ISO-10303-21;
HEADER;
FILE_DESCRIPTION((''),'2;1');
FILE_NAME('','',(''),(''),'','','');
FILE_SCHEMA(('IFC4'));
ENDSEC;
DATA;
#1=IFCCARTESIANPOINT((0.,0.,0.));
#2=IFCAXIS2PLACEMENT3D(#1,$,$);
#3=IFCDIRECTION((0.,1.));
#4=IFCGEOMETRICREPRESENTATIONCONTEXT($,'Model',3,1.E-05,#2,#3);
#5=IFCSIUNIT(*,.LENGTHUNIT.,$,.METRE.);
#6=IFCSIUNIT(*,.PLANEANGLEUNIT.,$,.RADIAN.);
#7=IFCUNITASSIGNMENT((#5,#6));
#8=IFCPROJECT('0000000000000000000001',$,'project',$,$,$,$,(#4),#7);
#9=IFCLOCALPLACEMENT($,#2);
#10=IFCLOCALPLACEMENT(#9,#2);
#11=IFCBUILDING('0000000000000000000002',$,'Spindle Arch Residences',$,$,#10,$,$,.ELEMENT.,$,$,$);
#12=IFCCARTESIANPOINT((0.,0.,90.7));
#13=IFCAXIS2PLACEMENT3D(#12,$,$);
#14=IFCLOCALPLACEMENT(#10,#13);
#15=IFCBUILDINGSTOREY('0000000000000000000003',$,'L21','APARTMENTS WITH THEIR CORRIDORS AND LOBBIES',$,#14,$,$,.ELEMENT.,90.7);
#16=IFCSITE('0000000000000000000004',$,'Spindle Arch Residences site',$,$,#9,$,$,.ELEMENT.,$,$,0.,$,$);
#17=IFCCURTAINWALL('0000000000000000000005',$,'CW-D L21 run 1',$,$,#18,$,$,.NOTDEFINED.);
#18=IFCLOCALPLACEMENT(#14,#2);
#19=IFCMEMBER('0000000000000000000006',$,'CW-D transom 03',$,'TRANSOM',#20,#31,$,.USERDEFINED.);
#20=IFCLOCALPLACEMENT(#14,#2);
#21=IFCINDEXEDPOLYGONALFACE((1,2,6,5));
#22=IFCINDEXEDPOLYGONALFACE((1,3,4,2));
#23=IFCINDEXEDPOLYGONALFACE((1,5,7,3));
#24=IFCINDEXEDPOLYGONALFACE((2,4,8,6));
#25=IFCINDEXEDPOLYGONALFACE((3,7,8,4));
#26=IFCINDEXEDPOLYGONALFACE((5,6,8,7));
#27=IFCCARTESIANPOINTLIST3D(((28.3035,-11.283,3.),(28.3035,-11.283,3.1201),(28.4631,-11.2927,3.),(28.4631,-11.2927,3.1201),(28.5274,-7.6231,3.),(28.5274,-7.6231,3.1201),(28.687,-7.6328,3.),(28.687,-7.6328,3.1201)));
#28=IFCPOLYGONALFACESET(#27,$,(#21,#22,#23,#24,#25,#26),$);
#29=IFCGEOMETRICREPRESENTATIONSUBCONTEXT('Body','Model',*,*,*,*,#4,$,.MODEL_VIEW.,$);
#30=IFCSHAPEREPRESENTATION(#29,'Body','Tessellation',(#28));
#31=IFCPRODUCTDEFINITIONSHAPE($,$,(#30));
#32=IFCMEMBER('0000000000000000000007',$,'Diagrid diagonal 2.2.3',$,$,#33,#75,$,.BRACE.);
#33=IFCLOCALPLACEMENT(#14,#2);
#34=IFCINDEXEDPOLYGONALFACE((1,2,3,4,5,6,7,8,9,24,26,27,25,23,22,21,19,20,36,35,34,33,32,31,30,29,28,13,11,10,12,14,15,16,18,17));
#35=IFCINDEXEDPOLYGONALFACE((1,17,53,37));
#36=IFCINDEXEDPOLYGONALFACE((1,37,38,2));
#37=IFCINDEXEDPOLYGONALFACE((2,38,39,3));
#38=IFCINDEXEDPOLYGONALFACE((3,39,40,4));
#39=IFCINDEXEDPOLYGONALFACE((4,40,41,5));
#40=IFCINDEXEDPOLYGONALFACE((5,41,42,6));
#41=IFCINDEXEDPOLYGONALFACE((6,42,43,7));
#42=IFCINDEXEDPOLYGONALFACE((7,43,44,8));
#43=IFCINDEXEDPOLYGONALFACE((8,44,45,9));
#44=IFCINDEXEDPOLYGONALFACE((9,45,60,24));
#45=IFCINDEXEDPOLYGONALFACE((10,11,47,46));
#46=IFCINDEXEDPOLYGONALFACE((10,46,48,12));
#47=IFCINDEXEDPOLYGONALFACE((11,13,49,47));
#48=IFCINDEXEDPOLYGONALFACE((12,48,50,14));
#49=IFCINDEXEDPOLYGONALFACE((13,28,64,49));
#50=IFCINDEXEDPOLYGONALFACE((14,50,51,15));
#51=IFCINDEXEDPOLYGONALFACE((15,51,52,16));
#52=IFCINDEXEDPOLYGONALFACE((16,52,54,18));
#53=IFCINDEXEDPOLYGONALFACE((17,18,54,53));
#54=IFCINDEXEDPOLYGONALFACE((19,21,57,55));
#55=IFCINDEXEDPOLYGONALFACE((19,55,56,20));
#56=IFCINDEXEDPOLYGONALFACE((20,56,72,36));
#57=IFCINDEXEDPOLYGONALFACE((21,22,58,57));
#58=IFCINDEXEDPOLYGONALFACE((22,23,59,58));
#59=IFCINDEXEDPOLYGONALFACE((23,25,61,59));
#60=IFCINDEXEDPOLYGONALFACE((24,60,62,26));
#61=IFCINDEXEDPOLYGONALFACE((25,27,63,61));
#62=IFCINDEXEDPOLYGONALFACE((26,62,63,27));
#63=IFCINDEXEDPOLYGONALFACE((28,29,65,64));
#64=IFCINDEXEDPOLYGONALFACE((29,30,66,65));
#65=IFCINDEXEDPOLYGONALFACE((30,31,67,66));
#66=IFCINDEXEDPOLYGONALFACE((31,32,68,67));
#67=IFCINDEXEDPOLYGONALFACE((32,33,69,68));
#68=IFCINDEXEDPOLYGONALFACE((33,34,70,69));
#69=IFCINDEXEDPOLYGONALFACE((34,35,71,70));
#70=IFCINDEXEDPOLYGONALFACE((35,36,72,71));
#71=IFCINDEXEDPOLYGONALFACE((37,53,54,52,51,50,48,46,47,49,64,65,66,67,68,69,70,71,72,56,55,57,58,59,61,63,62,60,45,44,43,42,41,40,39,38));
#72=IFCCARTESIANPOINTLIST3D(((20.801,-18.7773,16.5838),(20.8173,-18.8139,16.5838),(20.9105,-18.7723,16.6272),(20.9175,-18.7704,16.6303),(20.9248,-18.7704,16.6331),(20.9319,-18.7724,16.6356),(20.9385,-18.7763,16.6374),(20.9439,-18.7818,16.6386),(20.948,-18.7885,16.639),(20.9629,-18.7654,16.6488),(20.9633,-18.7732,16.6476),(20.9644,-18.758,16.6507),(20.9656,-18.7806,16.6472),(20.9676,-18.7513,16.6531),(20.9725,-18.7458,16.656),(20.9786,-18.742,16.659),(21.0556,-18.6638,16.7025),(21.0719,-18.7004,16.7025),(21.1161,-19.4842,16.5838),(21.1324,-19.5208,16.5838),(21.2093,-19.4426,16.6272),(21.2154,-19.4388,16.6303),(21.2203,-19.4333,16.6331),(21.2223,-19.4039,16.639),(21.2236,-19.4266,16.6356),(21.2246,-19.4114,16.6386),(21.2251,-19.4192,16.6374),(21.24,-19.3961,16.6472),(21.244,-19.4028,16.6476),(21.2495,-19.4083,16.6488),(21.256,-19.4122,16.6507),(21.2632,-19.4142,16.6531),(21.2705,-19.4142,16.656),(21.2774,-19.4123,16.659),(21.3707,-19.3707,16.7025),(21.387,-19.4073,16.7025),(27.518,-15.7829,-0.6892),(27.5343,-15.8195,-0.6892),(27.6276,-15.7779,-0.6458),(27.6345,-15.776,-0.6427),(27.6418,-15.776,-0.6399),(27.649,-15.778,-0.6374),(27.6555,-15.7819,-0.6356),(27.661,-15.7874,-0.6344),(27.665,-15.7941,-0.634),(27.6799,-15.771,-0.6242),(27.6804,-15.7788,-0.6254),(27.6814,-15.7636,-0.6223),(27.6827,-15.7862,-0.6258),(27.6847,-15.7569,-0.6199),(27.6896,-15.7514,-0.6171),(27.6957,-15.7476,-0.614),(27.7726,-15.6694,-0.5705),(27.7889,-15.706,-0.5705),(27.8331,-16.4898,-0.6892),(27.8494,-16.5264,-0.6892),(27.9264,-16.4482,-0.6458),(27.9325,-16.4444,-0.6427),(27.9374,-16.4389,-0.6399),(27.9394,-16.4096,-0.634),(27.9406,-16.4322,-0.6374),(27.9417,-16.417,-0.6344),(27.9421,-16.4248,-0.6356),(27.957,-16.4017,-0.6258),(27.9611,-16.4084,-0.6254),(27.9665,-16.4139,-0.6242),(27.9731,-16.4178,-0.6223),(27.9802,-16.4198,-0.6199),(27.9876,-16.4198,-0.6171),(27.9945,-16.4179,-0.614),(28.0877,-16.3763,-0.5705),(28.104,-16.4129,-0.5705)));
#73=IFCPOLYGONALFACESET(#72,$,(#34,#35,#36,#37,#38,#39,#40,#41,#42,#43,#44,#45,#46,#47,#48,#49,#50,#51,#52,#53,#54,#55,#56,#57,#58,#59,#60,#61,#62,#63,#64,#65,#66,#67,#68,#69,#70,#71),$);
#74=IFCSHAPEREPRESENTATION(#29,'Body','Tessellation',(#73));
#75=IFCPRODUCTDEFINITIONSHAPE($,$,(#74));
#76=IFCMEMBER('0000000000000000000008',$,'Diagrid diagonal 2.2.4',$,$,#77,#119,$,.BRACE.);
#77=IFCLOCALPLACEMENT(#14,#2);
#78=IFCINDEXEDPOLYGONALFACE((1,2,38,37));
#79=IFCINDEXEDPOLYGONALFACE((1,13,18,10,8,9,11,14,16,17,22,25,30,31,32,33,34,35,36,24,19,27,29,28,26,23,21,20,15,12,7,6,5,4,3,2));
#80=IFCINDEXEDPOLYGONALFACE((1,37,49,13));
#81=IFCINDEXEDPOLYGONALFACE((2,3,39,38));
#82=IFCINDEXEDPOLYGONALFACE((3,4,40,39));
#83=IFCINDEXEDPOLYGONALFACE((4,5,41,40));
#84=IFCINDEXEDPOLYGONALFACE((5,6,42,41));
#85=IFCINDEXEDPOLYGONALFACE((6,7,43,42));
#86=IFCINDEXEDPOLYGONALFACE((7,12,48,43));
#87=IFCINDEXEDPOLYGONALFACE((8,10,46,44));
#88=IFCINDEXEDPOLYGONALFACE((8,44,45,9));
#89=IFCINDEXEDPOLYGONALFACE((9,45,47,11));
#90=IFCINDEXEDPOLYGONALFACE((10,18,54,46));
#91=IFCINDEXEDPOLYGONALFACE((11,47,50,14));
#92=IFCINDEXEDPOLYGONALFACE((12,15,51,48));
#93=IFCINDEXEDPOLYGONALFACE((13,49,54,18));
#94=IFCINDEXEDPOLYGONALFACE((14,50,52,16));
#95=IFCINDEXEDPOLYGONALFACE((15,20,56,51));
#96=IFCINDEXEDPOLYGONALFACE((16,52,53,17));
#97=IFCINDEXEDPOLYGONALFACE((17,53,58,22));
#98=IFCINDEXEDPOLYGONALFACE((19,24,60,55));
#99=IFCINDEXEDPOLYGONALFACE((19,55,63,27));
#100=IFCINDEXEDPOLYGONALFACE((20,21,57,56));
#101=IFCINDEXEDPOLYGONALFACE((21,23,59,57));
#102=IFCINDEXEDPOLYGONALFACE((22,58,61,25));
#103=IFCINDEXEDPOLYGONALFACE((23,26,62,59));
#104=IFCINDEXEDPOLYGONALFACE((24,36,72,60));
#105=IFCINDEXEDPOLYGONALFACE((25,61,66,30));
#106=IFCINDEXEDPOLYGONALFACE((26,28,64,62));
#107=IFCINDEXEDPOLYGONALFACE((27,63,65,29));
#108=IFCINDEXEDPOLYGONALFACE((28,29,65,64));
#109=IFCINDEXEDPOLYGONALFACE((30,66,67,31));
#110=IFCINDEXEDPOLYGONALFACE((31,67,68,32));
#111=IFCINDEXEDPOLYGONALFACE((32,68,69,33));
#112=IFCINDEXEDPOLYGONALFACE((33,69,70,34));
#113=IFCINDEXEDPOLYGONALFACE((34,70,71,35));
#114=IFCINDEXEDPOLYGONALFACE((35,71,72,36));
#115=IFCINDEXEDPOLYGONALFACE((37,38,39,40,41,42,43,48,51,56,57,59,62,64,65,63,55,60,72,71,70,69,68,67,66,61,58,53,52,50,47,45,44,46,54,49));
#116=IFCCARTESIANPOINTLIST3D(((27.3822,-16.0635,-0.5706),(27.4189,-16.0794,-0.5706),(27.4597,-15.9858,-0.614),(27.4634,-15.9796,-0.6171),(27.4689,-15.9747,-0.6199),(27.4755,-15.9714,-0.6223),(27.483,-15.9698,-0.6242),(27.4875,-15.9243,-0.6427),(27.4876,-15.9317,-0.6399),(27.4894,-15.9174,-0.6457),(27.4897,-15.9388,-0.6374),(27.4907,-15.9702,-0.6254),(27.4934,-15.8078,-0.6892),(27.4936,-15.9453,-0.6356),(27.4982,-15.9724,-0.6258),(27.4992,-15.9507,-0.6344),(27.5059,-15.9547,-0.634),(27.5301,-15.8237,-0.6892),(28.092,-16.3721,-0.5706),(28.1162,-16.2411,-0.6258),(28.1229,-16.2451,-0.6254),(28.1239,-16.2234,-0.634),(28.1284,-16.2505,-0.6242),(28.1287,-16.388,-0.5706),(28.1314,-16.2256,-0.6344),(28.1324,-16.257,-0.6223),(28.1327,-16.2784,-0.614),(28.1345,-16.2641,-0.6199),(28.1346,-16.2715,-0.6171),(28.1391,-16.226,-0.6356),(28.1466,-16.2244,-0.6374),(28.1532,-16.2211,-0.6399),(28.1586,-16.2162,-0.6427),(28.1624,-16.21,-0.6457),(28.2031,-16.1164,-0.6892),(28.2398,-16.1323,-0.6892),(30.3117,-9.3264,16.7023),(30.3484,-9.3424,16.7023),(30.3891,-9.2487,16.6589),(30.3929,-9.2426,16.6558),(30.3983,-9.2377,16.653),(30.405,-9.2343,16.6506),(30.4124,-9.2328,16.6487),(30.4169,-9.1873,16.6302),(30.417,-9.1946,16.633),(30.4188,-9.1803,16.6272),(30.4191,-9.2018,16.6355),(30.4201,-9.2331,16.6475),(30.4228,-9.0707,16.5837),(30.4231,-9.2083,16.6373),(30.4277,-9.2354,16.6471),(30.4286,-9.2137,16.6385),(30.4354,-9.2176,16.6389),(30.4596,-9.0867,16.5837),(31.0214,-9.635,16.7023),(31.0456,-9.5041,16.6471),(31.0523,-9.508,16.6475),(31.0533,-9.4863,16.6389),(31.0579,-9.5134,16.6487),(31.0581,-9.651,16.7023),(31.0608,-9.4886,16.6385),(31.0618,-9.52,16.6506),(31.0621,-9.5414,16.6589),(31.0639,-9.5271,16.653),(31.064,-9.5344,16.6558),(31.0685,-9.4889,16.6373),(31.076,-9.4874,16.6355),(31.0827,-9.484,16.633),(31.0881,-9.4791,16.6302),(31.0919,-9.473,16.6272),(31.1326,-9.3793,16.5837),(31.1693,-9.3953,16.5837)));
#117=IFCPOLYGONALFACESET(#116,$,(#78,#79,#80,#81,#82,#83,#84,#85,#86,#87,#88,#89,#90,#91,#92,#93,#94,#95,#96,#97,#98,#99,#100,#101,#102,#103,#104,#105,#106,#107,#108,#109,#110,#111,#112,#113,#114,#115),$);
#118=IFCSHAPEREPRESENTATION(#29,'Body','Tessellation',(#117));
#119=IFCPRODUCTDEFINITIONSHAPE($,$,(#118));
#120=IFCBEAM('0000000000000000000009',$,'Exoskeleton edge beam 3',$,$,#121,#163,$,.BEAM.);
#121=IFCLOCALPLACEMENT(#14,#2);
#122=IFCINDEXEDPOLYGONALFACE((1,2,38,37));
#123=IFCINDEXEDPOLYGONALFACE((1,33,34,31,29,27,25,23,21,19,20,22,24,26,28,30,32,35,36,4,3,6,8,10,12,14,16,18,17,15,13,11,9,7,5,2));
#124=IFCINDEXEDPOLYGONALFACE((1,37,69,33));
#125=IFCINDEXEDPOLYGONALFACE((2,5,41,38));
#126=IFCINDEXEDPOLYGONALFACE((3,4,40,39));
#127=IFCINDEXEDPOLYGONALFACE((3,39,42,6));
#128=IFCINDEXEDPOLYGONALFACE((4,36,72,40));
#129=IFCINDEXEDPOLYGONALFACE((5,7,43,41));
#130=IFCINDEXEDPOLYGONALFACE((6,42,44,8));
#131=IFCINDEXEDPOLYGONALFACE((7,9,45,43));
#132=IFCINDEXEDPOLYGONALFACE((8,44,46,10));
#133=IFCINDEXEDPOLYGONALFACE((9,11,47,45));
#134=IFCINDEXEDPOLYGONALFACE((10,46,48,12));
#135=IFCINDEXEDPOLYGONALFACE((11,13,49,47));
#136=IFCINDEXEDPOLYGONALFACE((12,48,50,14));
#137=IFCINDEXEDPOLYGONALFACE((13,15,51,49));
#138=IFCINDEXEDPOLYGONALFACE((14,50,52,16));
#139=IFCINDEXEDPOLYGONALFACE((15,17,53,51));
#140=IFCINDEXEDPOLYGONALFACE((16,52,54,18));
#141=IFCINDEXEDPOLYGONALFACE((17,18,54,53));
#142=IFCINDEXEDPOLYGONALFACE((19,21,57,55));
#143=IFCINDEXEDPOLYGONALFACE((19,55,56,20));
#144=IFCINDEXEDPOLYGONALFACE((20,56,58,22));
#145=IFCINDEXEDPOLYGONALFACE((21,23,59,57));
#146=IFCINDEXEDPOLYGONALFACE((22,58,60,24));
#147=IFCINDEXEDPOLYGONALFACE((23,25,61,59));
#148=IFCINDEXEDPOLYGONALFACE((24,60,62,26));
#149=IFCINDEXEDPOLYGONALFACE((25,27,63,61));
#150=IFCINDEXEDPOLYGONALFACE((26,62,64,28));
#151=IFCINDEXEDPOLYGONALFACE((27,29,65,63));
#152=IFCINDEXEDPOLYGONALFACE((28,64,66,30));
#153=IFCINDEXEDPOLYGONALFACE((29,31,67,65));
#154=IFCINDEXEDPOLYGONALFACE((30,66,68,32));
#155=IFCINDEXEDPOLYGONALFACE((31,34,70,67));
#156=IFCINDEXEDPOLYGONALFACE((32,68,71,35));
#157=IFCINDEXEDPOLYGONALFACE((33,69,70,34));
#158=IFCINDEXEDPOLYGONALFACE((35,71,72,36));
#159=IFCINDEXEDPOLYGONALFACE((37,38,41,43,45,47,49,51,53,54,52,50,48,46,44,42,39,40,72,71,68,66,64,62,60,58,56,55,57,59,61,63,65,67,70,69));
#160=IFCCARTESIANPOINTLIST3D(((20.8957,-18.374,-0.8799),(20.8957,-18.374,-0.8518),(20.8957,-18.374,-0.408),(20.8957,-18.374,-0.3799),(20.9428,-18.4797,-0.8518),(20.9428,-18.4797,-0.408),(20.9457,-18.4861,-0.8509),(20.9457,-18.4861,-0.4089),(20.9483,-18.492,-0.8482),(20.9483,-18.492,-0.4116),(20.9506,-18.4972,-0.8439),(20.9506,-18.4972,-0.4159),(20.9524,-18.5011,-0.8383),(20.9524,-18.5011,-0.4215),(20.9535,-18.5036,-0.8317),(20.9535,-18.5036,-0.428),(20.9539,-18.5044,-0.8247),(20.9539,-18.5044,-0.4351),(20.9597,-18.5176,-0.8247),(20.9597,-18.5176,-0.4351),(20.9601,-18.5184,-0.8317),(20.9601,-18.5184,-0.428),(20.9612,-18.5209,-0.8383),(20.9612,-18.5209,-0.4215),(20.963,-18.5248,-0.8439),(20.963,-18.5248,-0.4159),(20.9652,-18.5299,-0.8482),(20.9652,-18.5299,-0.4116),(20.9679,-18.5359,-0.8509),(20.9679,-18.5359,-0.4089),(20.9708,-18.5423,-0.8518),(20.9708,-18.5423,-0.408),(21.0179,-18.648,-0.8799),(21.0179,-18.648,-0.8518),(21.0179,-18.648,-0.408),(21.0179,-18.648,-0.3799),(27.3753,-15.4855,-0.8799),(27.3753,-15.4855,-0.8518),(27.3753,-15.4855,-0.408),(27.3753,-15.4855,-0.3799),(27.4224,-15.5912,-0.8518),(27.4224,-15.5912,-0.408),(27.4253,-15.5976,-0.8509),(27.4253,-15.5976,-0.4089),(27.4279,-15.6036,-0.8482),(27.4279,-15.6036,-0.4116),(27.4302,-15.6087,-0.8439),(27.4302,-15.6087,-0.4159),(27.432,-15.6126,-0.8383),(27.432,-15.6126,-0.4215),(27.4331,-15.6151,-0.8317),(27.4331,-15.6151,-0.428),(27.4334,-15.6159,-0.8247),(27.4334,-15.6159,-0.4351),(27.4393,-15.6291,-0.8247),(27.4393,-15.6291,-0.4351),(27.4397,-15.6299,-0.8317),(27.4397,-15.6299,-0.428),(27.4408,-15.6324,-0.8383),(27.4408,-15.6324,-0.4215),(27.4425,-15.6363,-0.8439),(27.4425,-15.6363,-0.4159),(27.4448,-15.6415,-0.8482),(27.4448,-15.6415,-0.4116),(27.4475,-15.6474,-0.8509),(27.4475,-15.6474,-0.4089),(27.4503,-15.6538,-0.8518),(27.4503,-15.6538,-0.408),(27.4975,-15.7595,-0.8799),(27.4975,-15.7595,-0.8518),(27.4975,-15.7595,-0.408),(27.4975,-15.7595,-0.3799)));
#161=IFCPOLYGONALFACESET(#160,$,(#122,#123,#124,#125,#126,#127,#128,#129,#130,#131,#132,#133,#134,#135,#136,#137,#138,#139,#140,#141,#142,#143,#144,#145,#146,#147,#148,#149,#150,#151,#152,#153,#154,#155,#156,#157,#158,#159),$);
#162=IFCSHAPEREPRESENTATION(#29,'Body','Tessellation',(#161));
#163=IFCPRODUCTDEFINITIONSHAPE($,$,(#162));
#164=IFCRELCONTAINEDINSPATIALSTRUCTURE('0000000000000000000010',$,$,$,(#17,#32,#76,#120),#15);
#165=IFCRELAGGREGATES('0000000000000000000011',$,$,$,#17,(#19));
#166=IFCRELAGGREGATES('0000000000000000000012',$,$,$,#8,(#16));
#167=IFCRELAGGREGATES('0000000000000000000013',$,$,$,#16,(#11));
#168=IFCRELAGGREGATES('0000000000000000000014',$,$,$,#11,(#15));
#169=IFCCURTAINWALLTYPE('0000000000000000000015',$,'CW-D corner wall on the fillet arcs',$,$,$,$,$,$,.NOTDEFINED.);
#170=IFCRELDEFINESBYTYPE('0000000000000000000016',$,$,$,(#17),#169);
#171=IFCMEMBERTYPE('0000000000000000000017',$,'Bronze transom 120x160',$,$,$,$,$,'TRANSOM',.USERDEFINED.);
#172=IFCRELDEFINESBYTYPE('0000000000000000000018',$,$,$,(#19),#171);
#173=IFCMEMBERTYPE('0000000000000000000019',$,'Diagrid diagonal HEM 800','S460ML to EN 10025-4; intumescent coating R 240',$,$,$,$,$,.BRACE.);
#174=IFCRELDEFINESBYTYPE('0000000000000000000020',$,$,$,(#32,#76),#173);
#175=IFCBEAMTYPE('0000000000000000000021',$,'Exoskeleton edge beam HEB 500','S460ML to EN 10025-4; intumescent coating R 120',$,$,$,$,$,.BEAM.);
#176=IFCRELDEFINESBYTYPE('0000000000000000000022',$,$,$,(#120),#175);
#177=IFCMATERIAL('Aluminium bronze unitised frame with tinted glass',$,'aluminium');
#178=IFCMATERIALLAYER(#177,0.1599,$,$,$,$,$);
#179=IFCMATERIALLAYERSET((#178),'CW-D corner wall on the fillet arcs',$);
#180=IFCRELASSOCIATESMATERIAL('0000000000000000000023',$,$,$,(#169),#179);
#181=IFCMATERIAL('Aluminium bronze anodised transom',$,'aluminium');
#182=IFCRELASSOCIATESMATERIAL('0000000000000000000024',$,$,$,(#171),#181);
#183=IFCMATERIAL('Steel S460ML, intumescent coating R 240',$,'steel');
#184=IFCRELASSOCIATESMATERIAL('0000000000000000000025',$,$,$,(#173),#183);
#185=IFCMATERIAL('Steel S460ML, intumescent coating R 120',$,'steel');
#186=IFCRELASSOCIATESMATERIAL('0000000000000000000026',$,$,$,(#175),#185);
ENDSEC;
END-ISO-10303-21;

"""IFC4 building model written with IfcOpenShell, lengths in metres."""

from ifc_helpers import new_model, si_unit, direction, frame, origin, origin_2d, place, context, subcontext, project, spatial, rectangle, i_section, extrude, material, layer, layer_set, material_profile, profile_set, type_object, element, aggregate, save


model = new_model("IFC4")

# Units and contexts
model_context = context("Model", 3, precision=1e-05, world=origin(), true_north=direction((0.0, 1.0)))
body_context = subcontext(model_context, "Body", "Model", "MODEL_VIEW")
ifc_project = project(units=[si_unit("LENGTHUNIT", "METRE"), si_unit("PLANEANGLEUNIT", "RADIAN")], contexts=[model_context])

# Site, building, storey
site_placement = place(None, origin())
site = spatial("IfcSite", under=ifc_project, at=site_placement, Name="Spindle Arch Residences site", CompositionType="ELEMENT", RefElevation=0.0)
building_placement = place(site_placement, origin())
building = spatial("IfcBuilding", under=site, at=building_placement, Name="Spindle Arch Residences", CompositionType="ELEMENT")
storey_placement = place(building_placement, frame((0.0, 0.0, 90.7)))
storey = spatial("IfcBuildingStorey", under=building, at=storey_placement, Name="L21", Description="APARTMENTS WITH THEIR CORRIDORS AND LOBBIES", CompositionType="ELEMENT", Elevation=90.7)

# Curtain wall, member
ifc_material_1 = material(Name="Aluminium bronze unitised frame with tinted glass", Category="aluminium")
ifc_layer_1 = layer(ifc_material_1, 0.1599)
ifc_layer_set_1 = layer_set([ifc_layer_1], Name="CW-D corner wall on the fillet arcs")
curtain_wall_type_1 = type_object("IfcCurtainWallType", Name="CW-D corner wall on the fillet arcs", PredefinedType="NOTDEFINED", material=ifc_layer_set_1)
curtain_wall_1_placement = place(storey_placement, origin())
curtain_wall_1 = element("IfcCurtainWall", 1, at=curtain_wall_1_placement, inside=storey, type_object=curtain_wall_type_1, Name="CW-D L21 run 1", PredefinedType="NOTDEFINED")
ifc_material_2 = material(Name="Aluminium bronze anodised transom", Category="aluminium")
ifc_material_profile_1 = material_profile(ifc_material_2, rectangle(XDim=0.1599, YDim=0.1201, at=origin_2d()), Name="TR 120x160")
ifc_profile_set_1 = profile_set([ifc_material_profile_1], Name="Aluminium bronze anodised transom")
member_type_1 = type_object("IfcMemberType", Name="Bronze transom 120x160", ElementType="TRANSOM", PredefinedType="USERDEFINED", material=ifc_profile_set_1)
member_1_placement = place(storey_placement, frame((28.3833, -11.2878, 3.0601), z_axis=(0.061056, 0.998134, 0.0), x_axis=(-0.998134, 0.061056, 0.0)))
member_1 = element("IfcMember", 2, at=member_1_placement, type_object=member_type_1, Name="CW-D transom 03", ObjectType="TRANSOM", PredefinedType="USERDEFINED", context=body_context, shape_type="SweptSolid", body=[
    extrude(rectangle(XDim=0.1599, YDim=0.1201, at=origin_2d()), origin(), (0.0, 0.0, 1.0), 3.6667),
])

# Members
ifc_material_3 = material(Name="Steel S460ML, intumescent coating R 240", Category="steel")
ifc_material_profile_2 = material_profile(ifc_material_3, i_section(OverallWidth=0.303, OverallDepth=0.814, WebThickness=0.021, FlangeThickness=0.04, FilletRadius=0.03, at=origin_2d()), Name="HEM 800")
ifc_profile_set_2 = profile_set([ifc_material_profile_2], Name="Steel S460ML, intumescent coating R 240")
member_type_2 = type_object("IfcMemberType", Name="Diagrid diagonal HEM 800", Description="S460ML to EN 10025-4; intumescent coating R 240", PredefinedType="BRACE", material=ifc_profile_set_2)
member_2_placement = place(storey_placement, frame((27.811, -16.0979, -0.6299), z_axis=(-0.357796, -0.159502, 0.920077), x_axis=(0.840357, 0.374622, 0.391738)))
element("IfcMember", 3, at=member_2_placement, inside=storey, type_object=member_type_2, Name="Diagrid diagonal 2.2.3", PredefinedType="BRACE", context=body_context, shape_type="SweptSolid", body=[
    extrude(i_section(OverallWidth=0.303, OverallDepth=0.814, WebThickness=0.021, FlangeThickness=0.04, FilletRadius=0.03, at=origin_2d()), origin(), (0.0, 0.0, 1.0), 18.7734),
])
member_3_placement = place(storey_placement, frame((27.811, -16.0979, -0.6299), z_axis=(0.156068, 0.358921, 0.920227), x_axis=(-0.366949, -0.8439, 0.391384)))
element("IfcMember", 4, at=member_3_placement, inside=storey, type_object=member_type_2, Name="Diagrid diagonal 2.2.4", PredefinedType="BRACE", context=body_context, shape_type="SweptSolid", body=[
    extrude(i_section(OverallWidth=0.303, OverallDepth=0.814, WebThickness=0.021, FlangeThickness=0.04, FilletRadius=0.03, at=origin_2d()), origin(), (0.0, 0.0, 1.0), 18.7703),
])

# Beam
ifc_material_4 = material(Name="Steel S460ML, intumescent coating R 120", Category="steel")
ifc_material_profile_3 = material_profile(ifc_material_4, i_section(OverallWidth=0.3, OverallDepth=0.5, WebThickness=0.0144, FlangeThickness=0.0281, FilletRadius=0.0271, at=origin_2d()), Name="HEB 500")
ifc_profile_set_3 = profile_set([ifc_material_profile_3], Name="Steel S460ML, intumescent coating R 120")
beam_type_1 = type_object("IfcBeamType", Name="Exoskeleton edge beam HEB 500", Description="S460ML to EN 10025-4; intumescent coating R 120", PredefinedType="BEAM", material=ifc_profile_set_3)
beam_1_placement = place(storey_placement, frame((20.9568, -18.511, -0.6299), z_axis=(0.913358, 0.407157, 0.0), x_axis=(-0.407157, 0.913358, 0.0)))
element("IfcBeam", 5, at=beam_1_placement, inside=storey, type_object=beam_type_1, Name="Exoskeleton edge beam 3", PredefinedType="BEAM", context=body_context, shape_type="SweptSolid", body=[
    extrude(i_section(OverallWidth=0.3, OverallDepth=0.5, WebThickness=0.0144, FlangeThickness=0.0281, FilletRadius=0.0271, at=origin_2d()), origin(), (0.0, 0.0, 1.0), 7.0942),
])

aggregate(curtain_wall_1, [member_1])

save(model, "model.ifc")
